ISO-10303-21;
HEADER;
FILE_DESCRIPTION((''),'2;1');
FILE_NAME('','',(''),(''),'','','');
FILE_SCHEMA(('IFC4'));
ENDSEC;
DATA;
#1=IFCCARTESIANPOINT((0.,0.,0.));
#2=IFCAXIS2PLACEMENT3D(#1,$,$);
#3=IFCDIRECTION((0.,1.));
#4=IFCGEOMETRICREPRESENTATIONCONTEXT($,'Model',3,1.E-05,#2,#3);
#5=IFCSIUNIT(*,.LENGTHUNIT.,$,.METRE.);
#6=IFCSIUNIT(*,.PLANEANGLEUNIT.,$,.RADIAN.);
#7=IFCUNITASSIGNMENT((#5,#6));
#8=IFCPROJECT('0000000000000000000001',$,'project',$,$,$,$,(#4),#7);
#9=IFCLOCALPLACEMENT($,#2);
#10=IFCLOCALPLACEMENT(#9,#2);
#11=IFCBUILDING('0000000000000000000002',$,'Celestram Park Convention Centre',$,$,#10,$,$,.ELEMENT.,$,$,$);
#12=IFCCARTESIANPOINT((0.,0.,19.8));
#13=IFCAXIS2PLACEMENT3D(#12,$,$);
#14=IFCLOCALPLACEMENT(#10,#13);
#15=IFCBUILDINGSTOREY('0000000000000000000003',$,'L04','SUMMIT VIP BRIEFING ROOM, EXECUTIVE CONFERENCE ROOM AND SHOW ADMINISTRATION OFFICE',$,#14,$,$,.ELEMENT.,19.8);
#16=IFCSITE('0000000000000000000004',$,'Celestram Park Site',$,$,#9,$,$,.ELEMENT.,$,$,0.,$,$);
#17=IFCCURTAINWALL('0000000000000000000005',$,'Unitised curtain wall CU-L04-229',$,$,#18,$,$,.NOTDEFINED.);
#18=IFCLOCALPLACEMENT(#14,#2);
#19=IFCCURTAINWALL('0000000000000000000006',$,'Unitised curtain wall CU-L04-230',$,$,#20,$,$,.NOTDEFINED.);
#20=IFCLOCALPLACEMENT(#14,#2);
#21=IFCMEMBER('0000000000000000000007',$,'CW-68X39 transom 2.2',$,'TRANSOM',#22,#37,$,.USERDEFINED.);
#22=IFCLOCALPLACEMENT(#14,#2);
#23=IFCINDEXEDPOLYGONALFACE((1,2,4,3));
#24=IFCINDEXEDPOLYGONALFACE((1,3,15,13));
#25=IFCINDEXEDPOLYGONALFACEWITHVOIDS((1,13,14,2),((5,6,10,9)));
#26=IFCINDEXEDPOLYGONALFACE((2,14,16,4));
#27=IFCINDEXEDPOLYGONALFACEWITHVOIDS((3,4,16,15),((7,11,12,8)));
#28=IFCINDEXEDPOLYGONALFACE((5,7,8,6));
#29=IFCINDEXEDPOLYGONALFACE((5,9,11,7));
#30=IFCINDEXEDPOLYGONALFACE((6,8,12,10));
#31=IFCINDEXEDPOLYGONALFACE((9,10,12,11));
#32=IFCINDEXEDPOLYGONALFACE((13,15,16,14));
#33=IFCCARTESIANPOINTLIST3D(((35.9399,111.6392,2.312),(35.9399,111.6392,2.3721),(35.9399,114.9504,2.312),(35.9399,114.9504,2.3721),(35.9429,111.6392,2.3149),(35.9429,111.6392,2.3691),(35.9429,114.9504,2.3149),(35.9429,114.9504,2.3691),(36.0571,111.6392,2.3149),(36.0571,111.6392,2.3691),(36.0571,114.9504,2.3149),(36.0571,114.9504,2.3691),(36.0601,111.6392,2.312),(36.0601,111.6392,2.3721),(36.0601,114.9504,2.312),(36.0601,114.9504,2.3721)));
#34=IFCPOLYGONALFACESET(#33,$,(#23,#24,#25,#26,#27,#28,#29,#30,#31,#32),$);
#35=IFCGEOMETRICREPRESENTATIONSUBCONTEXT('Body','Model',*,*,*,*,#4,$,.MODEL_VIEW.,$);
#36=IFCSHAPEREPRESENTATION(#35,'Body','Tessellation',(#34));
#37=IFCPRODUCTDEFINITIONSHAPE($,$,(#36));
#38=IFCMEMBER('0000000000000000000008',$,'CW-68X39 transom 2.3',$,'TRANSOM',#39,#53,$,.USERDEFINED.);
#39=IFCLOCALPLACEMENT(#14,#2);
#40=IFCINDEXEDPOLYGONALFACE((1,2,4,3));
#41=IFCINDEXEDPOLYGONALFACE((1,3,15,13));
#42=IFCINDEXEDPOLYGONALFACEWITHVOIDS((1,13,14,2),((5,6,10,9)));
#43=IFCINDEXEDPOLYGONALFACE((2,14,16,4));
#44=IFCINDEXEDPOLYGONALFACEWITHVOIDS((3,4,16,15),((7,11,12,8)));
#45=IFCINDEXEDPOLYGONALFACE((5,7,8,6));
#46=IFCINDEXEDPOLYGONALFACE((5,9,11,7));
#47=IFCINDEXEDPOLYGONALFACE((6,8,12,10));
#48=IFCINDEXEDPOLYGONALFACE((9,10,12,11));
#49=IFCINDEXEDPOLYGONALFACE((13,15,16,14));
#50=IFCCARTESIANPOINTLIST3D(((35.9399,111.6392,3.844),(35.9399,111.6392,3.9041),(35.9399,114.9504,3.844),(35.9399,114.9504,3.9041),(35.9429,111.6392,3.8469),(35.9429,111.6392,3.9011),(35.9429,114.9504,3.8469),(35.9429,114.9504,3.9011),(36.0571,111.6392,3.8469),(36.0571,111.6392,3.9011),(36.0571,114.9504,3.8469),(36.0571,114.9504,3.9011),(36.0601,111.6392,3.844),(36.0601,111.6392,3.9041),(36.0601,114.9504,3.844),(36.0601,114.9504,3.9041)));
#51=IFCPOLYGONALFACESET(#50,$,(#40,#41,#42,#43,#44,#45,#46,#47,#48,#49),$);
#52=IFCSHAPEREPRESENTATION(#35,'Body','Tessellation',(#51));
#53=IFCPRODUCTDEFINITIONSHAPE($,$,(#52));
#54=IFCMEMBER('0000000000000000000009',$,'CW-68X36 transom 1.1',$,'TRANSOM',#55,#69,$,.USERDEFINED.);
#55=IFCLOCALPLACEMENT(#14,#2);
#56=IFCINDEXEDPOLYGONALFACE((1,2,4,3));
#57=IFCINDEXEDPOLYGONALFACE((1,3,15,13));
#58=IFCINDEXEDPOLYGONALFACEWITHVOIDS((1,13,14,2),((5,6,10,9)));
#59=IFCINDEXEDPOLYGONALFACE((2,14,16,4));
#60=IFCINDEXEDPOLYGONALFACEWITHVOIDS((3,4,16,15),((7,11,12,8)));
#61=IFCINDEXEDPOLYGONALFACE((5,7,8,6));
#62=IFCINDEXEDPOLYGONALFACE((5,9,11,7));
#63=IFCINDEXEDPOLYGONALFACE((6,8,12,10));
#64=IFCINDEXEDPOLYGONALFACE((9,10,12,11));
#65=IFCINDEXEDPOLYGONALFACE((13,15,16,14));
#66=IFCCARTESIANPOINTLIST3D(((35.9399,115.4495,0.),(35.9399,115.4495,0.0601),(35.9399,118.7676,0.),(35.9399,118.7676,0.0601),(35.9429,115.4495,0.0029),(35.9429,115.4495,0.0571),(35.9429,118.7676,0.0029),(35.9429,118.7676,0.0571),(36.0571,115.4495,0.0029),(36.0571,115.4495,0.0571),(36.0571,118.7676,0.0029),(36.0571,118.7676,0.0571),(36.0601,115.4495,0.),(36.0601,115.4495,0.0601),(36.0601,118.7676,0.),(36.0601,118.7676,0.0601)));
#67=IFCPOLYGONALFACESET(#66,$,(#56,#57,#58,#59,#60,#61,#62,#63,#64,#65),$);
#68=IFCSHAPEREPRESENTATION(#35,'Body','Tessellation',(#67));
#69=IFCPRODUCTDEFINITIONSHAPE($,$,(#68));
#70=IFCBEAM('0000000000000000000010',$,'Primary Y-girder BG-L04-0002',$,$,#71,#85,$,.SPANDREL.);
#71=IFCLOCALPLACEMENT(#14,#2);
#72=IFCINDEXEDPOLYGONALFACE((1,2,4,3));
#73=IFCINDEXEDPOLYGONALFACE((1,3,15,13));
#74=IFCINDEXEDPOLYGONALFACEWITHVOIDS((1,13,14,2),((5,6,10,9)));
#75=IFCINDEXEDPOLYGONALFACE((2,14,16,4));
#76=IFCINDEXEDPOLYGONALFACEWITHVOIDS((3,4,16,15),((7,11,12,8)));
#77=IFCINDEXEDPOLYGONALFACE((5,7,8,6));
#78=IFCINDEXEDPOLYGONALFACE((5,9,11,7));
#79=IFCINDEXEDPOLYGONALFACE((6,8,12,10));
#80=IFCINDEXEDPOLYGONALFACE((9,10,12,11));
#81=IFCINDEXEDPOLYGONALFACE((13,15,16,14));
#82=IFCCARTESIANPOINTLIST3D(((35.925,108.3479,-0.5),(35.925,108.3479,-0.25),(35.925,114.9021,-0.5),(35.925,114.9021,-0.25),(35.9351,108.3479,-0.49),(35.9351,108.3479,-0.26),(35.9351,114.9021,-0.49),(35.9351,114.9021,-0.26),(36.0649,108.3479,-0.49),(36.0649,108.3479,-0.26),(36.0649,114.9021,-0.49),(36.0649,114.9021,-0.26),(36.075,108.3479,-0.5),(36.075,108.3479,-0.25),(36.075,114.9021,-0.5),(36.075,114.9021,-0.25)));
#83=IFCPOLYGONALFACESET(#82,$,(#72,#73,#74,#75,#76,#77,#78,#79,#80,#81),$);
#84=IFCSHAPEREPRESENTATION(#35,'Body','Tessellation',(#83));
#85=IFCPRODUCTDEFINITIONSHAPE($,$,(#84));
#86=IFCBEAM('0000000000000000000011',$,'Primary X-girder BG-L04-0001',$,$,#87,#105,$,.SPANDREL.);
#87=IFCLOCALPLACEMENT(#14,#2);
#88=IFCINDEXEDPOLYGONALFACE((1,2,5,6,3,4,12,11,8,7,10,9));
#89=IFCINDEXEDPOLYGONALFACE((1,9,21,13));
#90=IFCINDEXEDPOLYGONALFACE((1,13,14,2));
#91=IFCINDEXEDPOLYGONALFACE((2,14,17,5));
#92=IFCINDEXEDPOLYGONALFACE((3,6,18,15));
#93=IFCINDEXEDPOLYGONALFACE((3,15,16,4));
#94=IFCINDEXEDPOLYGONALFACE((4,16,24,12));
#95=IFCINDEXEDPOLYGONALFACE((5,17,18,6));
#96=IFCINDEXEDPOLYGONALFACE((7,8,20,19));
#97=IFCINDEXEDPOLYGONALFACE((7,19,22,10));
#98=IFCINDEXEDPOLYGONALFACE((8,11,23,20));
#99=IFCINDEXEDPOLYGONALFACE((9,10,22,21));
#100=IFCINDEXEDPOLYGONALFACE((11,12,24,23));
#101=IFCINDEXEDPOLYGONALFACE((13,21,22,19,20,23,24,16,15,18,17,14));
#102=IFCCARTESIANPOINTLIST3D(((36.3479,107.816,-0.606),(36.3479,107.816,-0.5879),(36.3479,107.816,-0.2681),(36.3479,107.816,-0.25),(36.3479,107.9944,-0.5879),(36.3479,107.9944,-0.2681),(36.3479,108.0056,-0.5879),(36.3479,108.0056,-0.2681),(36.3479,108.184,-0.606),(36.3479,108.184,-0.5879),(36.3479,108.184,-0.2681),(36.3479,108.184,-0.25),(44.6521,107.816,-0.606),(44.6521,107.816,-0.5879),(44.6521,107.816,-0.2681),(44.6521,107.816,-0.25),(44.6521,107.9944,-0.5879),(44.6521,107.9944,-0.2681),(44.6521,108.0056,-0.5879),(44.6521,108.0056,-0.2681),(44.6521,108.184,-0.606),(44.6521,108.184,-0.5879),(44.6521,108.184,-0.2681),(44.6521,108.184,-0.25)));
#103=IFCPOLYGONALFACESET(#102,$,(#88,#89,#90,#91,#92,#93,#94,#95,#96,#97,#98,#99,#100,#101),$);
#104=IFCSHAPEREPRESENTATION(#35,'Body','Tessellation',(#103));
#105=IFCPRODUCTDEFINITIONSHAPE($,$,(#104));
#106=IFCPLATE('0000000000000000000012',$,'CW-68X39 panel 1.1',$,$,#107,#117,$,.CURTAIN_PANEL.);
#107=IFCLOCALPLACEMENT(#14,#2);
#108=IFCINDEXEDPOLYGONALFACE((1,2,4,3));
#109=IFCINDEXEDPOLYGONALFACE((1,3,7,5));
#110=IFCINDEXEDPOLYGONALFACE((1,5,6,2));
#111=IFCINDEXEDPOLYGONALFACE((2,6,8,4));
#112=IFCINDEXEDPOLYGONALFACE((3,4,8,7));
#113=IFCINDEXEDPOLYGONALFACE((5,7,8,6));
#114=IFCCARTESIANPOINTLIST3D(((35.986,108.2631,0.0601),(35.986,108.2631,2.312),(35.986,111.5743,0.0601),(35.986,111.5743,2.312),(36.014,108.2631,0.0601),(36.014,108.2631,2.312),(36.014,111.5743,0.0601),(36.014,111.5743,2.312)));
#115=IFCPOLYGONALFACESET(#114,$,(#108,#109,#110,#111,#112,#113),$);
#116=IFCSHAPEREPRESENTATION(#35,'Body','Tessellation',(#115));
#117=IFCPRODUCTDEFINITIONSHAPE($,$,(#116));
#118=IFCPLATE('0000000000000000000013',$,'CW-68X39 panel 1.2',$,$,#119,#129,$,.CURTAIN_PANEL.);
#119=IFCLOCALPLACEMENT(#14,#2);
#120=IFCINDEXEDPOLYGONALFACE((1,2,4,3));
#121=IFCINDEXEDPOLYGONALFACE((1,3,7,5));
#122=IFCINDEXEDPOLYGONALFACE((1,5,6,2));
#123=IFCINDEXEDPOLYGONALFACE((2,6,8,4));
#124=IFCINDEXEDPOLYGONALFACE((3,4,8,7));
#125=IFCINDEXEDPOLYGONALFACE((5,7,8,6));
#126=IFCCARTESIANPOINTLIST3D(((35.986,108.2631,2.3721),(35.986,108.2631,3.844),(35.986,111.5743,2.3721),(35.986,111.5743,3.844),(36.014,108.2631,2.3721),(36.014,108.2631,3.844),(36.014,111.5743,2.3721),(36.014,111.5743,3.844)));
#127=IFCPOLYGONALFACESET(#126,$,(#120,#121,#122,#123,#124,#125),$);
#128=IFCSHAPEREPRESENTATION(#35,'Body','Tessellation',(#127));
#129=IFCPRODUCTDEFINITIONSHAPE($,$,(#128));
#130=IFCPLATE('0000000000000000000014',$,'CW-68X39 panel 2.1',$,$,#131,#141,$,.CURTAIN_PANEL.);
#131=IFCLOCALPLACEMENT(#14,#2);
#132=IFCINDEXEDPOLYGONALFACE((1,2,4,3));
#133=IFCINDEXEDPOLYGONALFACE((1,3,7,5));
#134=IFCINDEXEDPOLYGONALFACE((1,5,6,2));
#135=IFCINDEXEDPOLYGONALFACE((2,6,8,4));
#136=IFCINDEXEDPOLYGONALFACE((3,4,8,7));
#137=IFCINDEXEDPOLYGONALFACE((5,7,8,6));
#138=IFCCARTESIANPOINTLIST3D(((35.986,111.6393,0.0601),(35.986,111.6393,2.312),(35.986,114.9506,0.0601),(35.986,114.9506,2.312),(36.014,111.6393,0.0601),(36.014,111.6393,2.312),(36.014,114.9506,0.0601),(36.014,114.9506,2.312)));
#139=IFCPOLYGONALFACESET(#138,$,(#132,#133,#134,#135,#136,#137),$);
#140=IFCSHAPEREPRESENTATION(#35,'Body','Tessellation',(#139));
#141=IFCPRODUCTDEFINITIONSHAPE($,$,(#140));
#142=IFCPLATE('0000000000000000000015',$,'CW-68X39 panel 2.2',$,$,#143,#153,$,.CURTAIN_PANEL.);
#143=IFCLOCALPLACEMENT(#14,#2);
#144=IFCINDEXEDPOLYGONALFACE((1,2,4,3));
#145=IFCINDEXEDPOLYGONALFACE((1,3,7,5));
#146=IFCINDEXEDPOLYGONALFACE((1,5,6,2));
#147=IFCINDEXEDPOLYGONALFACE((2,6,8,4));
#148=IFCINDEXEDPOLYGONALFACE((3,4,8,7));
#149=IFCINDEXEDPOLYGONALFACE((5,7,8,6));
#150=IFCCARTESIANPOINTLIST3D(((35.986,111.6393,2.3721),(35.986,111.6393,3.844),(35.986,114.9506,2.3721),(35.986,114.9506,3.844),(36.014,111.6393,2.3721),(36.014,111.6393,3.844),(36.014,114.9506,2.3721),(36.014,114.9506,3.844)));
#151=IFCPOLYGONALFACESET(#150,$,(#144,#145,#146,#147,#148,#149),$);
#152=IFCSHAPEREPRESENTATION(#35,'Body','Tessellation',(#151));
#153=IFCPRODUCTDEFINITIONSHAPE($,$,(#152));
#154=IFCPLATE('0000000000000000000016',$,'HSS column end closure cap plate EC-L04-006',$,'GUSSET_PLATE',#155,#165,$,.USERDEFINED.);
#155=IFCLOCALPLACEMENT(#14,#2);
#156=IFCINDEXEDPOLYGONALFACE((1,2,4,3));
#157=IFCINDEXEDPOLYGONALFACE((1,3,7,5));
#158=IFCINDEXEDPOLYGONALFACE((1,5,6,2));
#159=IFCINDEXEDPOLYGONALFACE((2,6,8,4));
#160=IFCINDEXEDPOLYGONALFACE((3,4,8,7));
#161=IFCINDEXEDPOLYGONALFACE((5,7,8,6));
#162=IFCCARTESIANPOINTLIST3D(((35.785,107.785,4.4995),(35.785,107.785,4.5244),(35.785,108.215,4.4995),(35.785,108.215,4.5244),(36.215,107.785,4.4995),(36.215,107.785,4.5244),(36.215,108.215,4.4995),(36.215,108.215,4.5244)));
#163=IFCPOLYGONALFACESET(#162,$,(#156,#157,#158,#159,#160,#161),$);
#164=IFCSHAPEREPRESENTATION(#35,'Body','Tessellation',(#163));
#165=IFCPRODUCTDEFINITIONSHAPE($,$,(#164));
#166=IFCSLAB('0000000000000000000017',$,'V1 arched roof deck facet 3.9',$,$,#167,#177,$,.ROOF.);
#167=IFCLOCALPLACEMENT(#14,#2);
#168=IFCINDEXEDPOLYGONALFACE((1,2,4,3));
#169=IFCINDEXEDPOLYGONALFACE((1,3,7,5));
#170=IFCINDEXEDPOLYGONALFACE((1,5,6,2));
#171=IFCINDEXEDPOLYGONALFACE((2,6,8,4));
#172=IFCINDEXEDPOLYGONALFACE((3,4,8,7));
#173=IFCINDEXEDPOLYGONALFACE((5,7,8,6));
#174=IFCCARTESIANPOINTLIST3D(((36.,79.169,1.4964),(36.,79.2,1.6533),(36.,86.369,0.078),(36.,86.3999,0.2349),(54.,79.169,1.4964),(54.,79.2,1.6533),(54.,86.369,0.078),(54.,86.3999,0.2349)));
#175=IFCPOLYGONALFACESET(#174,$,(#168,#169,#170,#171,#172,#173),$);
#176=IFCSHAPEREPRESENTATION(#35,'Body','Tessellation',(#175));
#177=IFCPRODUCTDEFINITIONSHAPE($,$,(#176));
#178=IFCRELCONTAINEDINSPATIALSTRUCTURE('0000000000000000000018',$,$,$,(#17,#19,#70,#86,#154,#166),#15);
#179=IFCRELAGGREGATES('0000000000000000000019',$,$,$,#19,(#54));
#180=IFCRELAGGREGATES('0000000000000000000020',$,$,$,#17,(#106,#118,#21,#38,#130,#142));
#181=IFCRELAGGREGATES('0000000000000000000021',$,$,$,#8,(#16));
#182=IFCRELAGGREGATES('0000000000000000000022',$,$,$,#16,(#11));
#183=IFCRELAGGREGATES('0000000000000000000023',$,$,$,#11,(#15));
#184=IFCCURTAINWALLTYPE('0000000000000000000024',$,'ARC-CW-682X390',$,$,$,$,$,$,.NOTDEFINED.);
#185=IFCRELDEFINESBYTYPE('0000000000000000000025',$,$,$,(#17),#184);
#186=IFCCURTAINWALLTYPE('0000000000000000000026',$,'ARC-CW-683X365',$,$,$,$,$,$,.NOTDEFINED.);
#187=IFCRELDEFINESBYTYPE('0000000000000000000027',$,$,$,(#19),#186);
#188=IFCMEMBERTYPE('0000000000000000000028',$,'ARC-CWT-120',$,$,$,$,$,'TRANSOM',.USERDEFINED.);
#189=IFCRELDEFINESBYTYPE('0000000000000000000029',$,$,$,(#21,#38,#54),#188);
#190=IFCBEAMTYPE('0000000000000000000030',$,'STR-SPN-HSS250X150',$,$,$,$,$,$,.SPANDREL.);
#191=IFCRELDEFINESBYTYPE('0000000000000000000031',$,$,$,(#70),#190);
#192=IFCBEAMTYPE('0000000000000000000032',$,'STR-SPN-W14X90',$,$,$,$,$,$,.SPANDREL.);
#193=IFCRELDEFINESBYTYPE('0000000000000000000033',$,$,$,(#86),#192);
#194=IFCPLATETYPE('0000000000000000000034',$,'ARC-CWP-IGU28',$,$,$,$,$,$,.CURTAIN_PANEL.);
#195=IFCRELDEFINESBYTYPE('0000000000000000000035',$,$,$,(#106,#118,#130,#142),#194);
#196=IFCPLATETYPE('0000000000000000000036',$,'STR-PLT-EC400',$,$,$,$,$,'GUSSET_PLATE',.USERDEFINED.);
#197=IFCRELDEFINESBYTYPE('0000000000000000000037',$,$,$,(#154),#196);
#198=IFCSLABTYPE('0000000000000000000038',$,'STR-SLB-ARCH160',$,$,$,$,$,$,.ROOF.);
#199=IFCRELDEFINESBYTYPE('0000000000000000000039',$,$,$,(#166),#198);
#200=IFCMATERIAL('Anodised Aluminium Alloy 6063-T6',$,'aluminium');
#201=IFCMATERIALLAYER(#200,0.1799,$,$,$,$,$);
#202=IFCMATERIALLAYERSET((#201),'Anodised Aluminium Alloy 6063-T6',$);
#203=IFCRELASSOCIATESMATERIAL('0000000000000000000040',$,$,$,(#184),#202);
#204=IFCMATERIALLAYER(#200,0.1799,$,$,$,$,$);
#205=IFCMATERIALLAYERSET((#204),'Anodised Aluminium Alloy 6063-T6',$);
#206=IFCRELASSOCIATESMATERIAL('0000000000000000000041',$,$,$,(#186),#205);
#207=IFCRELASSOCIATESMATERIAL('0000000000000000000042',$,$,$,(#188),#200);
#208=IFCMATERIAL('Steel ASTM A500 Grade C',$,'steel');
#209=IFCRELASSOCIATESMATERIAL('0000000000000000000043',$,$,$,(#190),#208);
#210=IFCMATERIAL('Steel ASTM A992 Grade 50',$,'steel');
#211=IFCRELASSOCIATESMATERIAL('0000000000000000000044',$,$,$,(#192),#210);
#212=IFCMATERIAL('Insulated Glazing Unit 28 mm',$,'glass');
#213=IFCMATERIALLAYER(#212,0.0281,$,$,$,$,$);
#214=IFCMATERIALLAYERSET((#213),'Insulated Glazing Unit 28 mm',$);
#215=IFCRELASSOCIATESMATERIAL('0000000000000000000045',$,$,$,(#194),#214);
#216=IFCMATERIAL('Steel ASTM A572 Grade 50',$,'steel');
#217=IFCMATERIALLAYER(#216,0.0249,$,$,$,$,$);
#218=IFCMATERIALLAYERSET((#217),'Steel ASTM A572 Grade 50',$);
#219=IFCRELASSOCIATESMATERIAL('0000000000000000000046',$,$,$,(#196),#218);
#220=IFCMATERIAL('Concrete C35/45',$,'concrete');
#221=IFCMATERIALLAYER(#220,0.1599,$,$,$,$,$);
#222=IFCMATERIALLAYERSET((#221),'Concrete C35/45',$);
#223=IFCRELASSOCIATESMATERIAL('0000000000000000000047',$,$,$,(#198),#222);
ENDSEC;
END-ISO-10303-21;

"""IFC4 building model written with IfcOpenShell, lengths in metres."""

from ifc_helpers import new_model, si_unit, direction, frame, origin, origin_2d, place, context, subcontext, project, spatial, polyline, rectangle, hollow_rectangle, i_section, outline, extrude, material, layer, layer_set, material_profile, profile_set, type_object, element, aggregate, save


model = new_model("IFC4")

# Units and contexts
model_context = context("Model", 3, precision=1e-05, world=origin(), true_north=direction((0.0, 1.0)))
body_context = subcontext(model_context, "Body", "Model", "MODEL_VIEW")
ifc_project = project(units=[si_unit("LENGTHUNIT", "METRE"), si_unit("PLANEANGLEUNIT", "RADIAN")], contexts=[model_context])

# Site, building, storey
site_placement = place(None, origin())
site = spatial("IfcSite", under=ifc_project, at=site_placement, Name="Celestram Park Site", CompositionType="ELEMENT", RefElevation=0.0)
building_placement = place(site_placement, origin())
building = spatial("IfcBuilding", under=site, at=building_placement, Name="Celestram Park Convention Centre", CompositionType="ELEMENT")
storey_placement = place(building_placement, frame((0.0, 0.0, 19.8)))
storey = spatial("IfcBuildingStorey", under=building, at=storey_placement, Name="L04", Description="SUMMIT VIP BRIEFING ROOM, EXECUTIVE CONFERENCE ROOM AND SHOW ADMINISTRATION OFFICE", CompositionType="ELEMENT", Elevation=19.8)

# Shared definitions
ifc_material_1 = material(Name="Steel ASTM A500 Grade C", Category="steel")
ifc_material_2 = material(Name="Steel ASTM A992 Grade 50", Category="steel")

# Curtain wall
ifc_material_3 = material(Name="Anodised Aluminium Alloy 6063-T6", Category="aluminium")
ifc_layer_1 = layer(ifc_material_3, 0.1799)
ifc_layer_set_1 = layer_set([ifc_layer_1], Name="Anodised Aluminium Alloy 6063-T6")
curtain_wall_type_1 = type_object("IfcCurtainWallType", Name="ARC-CW-682X390", PredefinedType="NOTDEFINED", material=ifc_layer_set_1)
curtain_wall_1_placement = place(storey_placement, origin())
curtain_wall_1 = element("IfcCurtainWall", 1, at=curtain_wall_1_placement, inside=storey, type_object=curtain_wall_type_1, Name="Unitised curtain wall CU-L04-229", PredefinedType="NOTDEFINED")

# Curtain wall
ifc_layer_2 = layer(ifc_material_3, 0.1799)
ifc_layer_set_2 = layer_set([ifc_layer_2], Name="Anodised Aluminium Alloy 6063-T6")
curtain_wall_type_2 = type_object("IfcCurtainWallType", Name="ARC-CW-683X365", PredefinedType="NOTDEFINED", material=ifc_layer_set_2)
curtain_wall_2_placement = place(storey_placement, origin())
curtain_wall_2 = element("IfcCurtainWall", 2, at=curtain_wall_2_placement, inside=storey, type_object=curtain_wall_type_2, Name="Unitised curtain wall CU-L04-230", PredefinedType="NOTDEFINED")

# Members
ifc_material_profile_1 = material_profile(ifc_material_3, hollow_rectangle(XDim=0.1201, YDim=0.0601, WallThickness=0.0029, at=origin_2d()), Name="ALU120X60X3")
ifc_profile_set_1 = profile_set([ifc_material_profile_1], Name="Anodised Aluminium Alloy 6063-T6")
member_type_1 = type_object("IfcMemberType", Name="ARC-CWT-120", ElementType="TRANSOM", PredefinedType="USERDEFINED", material=ifc_profile_set_1)
member_1_placement = place(storey_placement, frame((36.0, 111.6392, 2.342), z_axis=(0.0, 1.0, 0.0), x_axis=(-1.0, 0.0, 0.0)))
member_1 = element("IfcMember", 3, at=member_1_placement, type_object=member_type_1, Name="CW-68X39 transom 2.2", ObjectType="TRANSOM", PredefinedType="USERDEFINED", context=body_context, shape_type="SweptSolid", body=[
    extrude(hollow_rectangle(XDim=0.1201, YDim=0.0601, WallThickness=0.0029, at=origin_2d()), origin(), (0.0, 0.0, 1.0), 3.3113),
])
member_2_placement = place(storey_placement, frame((36.0, 111.6392, 3.874), z_axis=(0.0, 1.0, 0.0), x_axis=(-1.0, 0.0, 0.0)))
member_2 = element("IfcMember", 4, at=member_2_placement, type_object=member_type_1, Name="CW-68X39 transom 2.3", ObjectType="TRANSOM", PredefinedType="USERDEFINED", context=body_context, shape_type="SweptSolid", body=[
    extrude(hollow_rectangle(XDim=0.1201, YDim=0.0601, WallThickness=0.0029, at=origin_2d()), origin(), (0.0, 0.0, 1.0), 3.3113),
])
member_3_placement = place(storey_placement, frame((36.0, 115.4495, 0.03), z_axis=(0.0, 1.0, 0.0), x_axis=(-1.0, 0.0, 0.0)))
member_3 = element("IfcMember", 5, at=member_3_placement, type_object=member_type_1, Name="CW-68X36 transom 1.1", ObjectType="TRANSOM", PredefinedType="USERDEFINED", context=body_context, shape_type="SweptSolid", body=[
    extrude(hollow_rectangle(XDim=0.1201, YDim=0.0601, WallThickness=0.0029, at=origin_2d()), origin(), (0.0, 0.0, 1.0), 3.3181),
])
aggregate(curtain_wall_2, [member_3])

# Beams
ifc_material_profile_2 = material_profile(ifc_material_1, hollow_rectangle(XDim=0.1499, YDim=0.25, WallThickness=0.01, at=origin_2d()), Name="HSS250X150X10")
ifc_profile_set_2 = profile_set([ifc_material_profile_2], Name="Steel ASTM A500 Grade C")
beam_type_1 = type_object("IfcBeamType", Name="STR-SPN-HSS250X150", PredefinedType="SPANDREL", material=ifc_profile_set_2)
beam_1_placement = place(storey_placement, frame((36.0, 108.3479, -0.375), z_axis=(0.0, 1.0, 0.0), x_axis=(-1.0, 0.0, 0.0)))
element("IfcBeam", 6, at=beam_1_placement, inside=storey, type_object=beam_type_1, Name="Primary Y-girder BG-L04-0002", PredefinedType="SPANDREL", context=body_context, shape_type="SweptSolid", body=[
    extrude(hollow_rectangle(XDim=0.1499, YDim=0.25, WallThickness=0.01, at=origin_2d()), origin(), (0.0, 0.0, 1.0), 6.5542),
])
ifc_material_profile_3 = material_profile(ifc_material_2, i_section(OverallWidth=0.3679, OverallDepth=0.356, WebThickness=0.0112, FlangeThickness=0.0181, at=origin_2d()), Name="W14X90")
ifc_profile_set_3 = profile_set([ifc_material_profile_3], Name="Steel ASTM A992 Grade 50")
beam_type_2 = type_object("IfcBeamType", Name="STR-SPN-W14X90", PredefinedType="SPANDREL", material=ifc_profile_set_3)
beam_2_placement = place(storey_placement, frame((36.3479, 108.0, -0.428), z_axis=(1.0, 0.0, 0.0), x_axis=(0.0, 1.0, 0.0)))
element("IfcBeam", 7, at=beam_2_placement, inside=storey, type_object=beam_type_2, Name="Primary X-girder BG-L04-0001", PredefinedType="SPANDREL", context=body_context, shape_type="SweptSolid", body=[
    extrude(i_section(OverallWidth=0.3679, OverallDepth=0.356, WebThickness=0.0112, FlangeThickness=0.0181, at=origin_2d()), origin(), (0.0, 0.0, 1.0), 8.3042),
])

# Plates
ifc_material_4 = material(Name="Insulated Glazing Unit 28 mm", Category="glass")
ifc_layer_3 = layer(ifc_material_4, 0.0281)
ifc_layer_set_3 = layer_set([ifc_layer_3], Name="Insulated Glazing Unit 28 mm")
plate_type_1 = type_object("IfcPlateType", Name="ARC-CWP-IGU28", PredefinedType="CURTAIN_PANEL", material=ifc_layer_set_3)
plate_1_placement = place(storey_placement, frame((36.0, 109.9187, 0.0601), z_axis=(0.0, 0.0, 1.0), x_axis=(0.0, 1.0, 0.0)))
plate_1 = element("IfcPlate", 8, at=plate_1_placement, type_object=plate_type_1, Name="CW-68X39 panel 1.1", PredefinedType="CURTAIN_PANEL", context=body_context, shape_type="SweptSolid", body=[
    extrude(rectangle(XDim=3.3113, YDim=0.0281, at=origin_2d()), origin(), (0.0, 0.0, 1.0), 2.252),
])
plate_2_placement = place(storey_placement, frame((36.0, 109.9187, 2.3721), z_axis=(0.0, 0.0, 1.0), x_axis=(0.0, 1.0, 0.0)))
plate_2 = element("IfcPlate", 9, at=plate_2_placement, type_object=plate_type_1, Name="CW-68X39 panel 1.2", PredefinedType="CURTAIN_PANEL", context=body_context, shape_type="SweptSolid", body=[
    extrude(rectangle(XDim=3.3113, YDim=0.0281, at=origin_2d()), origin(), (0.0, 0.0, 1.0), 1.4719),
])
plate_3_placement = place(storey_placement, frame((36.0, 113.2949, 0.0601), z_axis=(0.0, 0.0, 1.0), x_axis=(0.0, 1.0, 0.0)))
plate_3 = element("IfcPlate", 10, at=plate_3_placement, type_object=plate_type_1, Name="CW-68X39 panel 2.1", PredefinedType="CURTAIN_PANEL", context=body_context, shape_type="SweptSolid", body=[
    extrude(rectangle(XDim=3.3113, YDim=0.0281, at=origin_2d()), origin(), (0.0, 0.0, 1.0), 2.252),
])
plate_4_placement = place(storey_placement, frame((36.0, 113.2949, 2.3721), z_axis=(0.0, 0.0, 1.0), x_axis=(0.0, 1.0, 0.0)))
plate_4 = element("IfcPlate", 11, at=plate_4_placement, type_object=plate_type_1, Name="CW-68X39 panel 2.2", PredefinedType="CURTAIN_PANEL", context=body_context, shape_type="SweptSolid", body=[
    extrude(rectangle(XDim=3.3113, YDim=0.0281, at=origin_2d()), origin(), (0.0, 0.0, 1.0), 1.4719),
])
aggregate(curtain_wall_1, [plate_1, plate_2, member_1, member_2, plate_3, plate_4])
ifc_material_5 = material(Name="Steel ASTM A572 Grade 50", Category="steel")
ifc_layer_4 = layer(ifc_material_5, 0.0249)
ifc_layer_set_4 = layer_set([ifc_layer_4], Name="Steel ASTM A572 Grade 50")
plate_type_2 = type_object("IfcPlateType", Name="STR-PLT-EC400", ElementType="GUSSET_PLATE", PredefinedType="USERDEFINED", material=ifc_layer_set_4)
plate_5_placement = place(storey_placement, frame((36.0, 108.0, 4.4995), z_axis=(0.0, 0.0, 1.0), x_axis=(1.0, 0.0, 0.0)))
element("IfcPlate", 12, at=plate_5_placement, inside=storey, type_object=plate_type_2, Name="HSS column end closure cap plate EC-L04-006", ObjectType="GUSSET_PLATE", PredefinedType="USERDEFINED", context=body_context, shape_type="SweptSolid", body=[
    extrude(rectangle(XDim=0.4299, YDim=0.4299, at=origin_2d()), origin(), (0.0, 0.0, 1.0), 0.0249),
])

# Slab
ifc_material_6 = material(Name="Concrete C35/45", Category="concrete")
ifc_layer_5 = layer(ifc_material_6, 0.1599)
ifc_layer_set_5 = layer_set([ifc_layer_5], Name="Concrete C35/45")
slab_type = type_object("IfcSlabType", Name="STR-SLB-ARCH160", PredefinedType="ROOF", material=ifc_layer_set_5)
slab_placement = place(storey_placement, frame((36.0, 79.2, 1.6533), z_axis=(0.0, 0.193294, 0.981141), x_axis=(1.0, 0.0, 0.0)))
element("IfcSlab", 13, at=slab_placement, inside=storey, type_object=slab_type, Name="V1 arched roof deck facet 3.9", PredefinedType="ROOF", context=body_context, shape_type="SweptSolid", body=[
    extrude(outline(polyline([(0.0, 0.0), (18.0, 0.0), (18.0, 7.3383), (0.0, 7.3383), (0.0, 0.0)])), origin(), (0.0, 0.0, -1.0), 0.1599),
])

save(model, "model.ifc")
